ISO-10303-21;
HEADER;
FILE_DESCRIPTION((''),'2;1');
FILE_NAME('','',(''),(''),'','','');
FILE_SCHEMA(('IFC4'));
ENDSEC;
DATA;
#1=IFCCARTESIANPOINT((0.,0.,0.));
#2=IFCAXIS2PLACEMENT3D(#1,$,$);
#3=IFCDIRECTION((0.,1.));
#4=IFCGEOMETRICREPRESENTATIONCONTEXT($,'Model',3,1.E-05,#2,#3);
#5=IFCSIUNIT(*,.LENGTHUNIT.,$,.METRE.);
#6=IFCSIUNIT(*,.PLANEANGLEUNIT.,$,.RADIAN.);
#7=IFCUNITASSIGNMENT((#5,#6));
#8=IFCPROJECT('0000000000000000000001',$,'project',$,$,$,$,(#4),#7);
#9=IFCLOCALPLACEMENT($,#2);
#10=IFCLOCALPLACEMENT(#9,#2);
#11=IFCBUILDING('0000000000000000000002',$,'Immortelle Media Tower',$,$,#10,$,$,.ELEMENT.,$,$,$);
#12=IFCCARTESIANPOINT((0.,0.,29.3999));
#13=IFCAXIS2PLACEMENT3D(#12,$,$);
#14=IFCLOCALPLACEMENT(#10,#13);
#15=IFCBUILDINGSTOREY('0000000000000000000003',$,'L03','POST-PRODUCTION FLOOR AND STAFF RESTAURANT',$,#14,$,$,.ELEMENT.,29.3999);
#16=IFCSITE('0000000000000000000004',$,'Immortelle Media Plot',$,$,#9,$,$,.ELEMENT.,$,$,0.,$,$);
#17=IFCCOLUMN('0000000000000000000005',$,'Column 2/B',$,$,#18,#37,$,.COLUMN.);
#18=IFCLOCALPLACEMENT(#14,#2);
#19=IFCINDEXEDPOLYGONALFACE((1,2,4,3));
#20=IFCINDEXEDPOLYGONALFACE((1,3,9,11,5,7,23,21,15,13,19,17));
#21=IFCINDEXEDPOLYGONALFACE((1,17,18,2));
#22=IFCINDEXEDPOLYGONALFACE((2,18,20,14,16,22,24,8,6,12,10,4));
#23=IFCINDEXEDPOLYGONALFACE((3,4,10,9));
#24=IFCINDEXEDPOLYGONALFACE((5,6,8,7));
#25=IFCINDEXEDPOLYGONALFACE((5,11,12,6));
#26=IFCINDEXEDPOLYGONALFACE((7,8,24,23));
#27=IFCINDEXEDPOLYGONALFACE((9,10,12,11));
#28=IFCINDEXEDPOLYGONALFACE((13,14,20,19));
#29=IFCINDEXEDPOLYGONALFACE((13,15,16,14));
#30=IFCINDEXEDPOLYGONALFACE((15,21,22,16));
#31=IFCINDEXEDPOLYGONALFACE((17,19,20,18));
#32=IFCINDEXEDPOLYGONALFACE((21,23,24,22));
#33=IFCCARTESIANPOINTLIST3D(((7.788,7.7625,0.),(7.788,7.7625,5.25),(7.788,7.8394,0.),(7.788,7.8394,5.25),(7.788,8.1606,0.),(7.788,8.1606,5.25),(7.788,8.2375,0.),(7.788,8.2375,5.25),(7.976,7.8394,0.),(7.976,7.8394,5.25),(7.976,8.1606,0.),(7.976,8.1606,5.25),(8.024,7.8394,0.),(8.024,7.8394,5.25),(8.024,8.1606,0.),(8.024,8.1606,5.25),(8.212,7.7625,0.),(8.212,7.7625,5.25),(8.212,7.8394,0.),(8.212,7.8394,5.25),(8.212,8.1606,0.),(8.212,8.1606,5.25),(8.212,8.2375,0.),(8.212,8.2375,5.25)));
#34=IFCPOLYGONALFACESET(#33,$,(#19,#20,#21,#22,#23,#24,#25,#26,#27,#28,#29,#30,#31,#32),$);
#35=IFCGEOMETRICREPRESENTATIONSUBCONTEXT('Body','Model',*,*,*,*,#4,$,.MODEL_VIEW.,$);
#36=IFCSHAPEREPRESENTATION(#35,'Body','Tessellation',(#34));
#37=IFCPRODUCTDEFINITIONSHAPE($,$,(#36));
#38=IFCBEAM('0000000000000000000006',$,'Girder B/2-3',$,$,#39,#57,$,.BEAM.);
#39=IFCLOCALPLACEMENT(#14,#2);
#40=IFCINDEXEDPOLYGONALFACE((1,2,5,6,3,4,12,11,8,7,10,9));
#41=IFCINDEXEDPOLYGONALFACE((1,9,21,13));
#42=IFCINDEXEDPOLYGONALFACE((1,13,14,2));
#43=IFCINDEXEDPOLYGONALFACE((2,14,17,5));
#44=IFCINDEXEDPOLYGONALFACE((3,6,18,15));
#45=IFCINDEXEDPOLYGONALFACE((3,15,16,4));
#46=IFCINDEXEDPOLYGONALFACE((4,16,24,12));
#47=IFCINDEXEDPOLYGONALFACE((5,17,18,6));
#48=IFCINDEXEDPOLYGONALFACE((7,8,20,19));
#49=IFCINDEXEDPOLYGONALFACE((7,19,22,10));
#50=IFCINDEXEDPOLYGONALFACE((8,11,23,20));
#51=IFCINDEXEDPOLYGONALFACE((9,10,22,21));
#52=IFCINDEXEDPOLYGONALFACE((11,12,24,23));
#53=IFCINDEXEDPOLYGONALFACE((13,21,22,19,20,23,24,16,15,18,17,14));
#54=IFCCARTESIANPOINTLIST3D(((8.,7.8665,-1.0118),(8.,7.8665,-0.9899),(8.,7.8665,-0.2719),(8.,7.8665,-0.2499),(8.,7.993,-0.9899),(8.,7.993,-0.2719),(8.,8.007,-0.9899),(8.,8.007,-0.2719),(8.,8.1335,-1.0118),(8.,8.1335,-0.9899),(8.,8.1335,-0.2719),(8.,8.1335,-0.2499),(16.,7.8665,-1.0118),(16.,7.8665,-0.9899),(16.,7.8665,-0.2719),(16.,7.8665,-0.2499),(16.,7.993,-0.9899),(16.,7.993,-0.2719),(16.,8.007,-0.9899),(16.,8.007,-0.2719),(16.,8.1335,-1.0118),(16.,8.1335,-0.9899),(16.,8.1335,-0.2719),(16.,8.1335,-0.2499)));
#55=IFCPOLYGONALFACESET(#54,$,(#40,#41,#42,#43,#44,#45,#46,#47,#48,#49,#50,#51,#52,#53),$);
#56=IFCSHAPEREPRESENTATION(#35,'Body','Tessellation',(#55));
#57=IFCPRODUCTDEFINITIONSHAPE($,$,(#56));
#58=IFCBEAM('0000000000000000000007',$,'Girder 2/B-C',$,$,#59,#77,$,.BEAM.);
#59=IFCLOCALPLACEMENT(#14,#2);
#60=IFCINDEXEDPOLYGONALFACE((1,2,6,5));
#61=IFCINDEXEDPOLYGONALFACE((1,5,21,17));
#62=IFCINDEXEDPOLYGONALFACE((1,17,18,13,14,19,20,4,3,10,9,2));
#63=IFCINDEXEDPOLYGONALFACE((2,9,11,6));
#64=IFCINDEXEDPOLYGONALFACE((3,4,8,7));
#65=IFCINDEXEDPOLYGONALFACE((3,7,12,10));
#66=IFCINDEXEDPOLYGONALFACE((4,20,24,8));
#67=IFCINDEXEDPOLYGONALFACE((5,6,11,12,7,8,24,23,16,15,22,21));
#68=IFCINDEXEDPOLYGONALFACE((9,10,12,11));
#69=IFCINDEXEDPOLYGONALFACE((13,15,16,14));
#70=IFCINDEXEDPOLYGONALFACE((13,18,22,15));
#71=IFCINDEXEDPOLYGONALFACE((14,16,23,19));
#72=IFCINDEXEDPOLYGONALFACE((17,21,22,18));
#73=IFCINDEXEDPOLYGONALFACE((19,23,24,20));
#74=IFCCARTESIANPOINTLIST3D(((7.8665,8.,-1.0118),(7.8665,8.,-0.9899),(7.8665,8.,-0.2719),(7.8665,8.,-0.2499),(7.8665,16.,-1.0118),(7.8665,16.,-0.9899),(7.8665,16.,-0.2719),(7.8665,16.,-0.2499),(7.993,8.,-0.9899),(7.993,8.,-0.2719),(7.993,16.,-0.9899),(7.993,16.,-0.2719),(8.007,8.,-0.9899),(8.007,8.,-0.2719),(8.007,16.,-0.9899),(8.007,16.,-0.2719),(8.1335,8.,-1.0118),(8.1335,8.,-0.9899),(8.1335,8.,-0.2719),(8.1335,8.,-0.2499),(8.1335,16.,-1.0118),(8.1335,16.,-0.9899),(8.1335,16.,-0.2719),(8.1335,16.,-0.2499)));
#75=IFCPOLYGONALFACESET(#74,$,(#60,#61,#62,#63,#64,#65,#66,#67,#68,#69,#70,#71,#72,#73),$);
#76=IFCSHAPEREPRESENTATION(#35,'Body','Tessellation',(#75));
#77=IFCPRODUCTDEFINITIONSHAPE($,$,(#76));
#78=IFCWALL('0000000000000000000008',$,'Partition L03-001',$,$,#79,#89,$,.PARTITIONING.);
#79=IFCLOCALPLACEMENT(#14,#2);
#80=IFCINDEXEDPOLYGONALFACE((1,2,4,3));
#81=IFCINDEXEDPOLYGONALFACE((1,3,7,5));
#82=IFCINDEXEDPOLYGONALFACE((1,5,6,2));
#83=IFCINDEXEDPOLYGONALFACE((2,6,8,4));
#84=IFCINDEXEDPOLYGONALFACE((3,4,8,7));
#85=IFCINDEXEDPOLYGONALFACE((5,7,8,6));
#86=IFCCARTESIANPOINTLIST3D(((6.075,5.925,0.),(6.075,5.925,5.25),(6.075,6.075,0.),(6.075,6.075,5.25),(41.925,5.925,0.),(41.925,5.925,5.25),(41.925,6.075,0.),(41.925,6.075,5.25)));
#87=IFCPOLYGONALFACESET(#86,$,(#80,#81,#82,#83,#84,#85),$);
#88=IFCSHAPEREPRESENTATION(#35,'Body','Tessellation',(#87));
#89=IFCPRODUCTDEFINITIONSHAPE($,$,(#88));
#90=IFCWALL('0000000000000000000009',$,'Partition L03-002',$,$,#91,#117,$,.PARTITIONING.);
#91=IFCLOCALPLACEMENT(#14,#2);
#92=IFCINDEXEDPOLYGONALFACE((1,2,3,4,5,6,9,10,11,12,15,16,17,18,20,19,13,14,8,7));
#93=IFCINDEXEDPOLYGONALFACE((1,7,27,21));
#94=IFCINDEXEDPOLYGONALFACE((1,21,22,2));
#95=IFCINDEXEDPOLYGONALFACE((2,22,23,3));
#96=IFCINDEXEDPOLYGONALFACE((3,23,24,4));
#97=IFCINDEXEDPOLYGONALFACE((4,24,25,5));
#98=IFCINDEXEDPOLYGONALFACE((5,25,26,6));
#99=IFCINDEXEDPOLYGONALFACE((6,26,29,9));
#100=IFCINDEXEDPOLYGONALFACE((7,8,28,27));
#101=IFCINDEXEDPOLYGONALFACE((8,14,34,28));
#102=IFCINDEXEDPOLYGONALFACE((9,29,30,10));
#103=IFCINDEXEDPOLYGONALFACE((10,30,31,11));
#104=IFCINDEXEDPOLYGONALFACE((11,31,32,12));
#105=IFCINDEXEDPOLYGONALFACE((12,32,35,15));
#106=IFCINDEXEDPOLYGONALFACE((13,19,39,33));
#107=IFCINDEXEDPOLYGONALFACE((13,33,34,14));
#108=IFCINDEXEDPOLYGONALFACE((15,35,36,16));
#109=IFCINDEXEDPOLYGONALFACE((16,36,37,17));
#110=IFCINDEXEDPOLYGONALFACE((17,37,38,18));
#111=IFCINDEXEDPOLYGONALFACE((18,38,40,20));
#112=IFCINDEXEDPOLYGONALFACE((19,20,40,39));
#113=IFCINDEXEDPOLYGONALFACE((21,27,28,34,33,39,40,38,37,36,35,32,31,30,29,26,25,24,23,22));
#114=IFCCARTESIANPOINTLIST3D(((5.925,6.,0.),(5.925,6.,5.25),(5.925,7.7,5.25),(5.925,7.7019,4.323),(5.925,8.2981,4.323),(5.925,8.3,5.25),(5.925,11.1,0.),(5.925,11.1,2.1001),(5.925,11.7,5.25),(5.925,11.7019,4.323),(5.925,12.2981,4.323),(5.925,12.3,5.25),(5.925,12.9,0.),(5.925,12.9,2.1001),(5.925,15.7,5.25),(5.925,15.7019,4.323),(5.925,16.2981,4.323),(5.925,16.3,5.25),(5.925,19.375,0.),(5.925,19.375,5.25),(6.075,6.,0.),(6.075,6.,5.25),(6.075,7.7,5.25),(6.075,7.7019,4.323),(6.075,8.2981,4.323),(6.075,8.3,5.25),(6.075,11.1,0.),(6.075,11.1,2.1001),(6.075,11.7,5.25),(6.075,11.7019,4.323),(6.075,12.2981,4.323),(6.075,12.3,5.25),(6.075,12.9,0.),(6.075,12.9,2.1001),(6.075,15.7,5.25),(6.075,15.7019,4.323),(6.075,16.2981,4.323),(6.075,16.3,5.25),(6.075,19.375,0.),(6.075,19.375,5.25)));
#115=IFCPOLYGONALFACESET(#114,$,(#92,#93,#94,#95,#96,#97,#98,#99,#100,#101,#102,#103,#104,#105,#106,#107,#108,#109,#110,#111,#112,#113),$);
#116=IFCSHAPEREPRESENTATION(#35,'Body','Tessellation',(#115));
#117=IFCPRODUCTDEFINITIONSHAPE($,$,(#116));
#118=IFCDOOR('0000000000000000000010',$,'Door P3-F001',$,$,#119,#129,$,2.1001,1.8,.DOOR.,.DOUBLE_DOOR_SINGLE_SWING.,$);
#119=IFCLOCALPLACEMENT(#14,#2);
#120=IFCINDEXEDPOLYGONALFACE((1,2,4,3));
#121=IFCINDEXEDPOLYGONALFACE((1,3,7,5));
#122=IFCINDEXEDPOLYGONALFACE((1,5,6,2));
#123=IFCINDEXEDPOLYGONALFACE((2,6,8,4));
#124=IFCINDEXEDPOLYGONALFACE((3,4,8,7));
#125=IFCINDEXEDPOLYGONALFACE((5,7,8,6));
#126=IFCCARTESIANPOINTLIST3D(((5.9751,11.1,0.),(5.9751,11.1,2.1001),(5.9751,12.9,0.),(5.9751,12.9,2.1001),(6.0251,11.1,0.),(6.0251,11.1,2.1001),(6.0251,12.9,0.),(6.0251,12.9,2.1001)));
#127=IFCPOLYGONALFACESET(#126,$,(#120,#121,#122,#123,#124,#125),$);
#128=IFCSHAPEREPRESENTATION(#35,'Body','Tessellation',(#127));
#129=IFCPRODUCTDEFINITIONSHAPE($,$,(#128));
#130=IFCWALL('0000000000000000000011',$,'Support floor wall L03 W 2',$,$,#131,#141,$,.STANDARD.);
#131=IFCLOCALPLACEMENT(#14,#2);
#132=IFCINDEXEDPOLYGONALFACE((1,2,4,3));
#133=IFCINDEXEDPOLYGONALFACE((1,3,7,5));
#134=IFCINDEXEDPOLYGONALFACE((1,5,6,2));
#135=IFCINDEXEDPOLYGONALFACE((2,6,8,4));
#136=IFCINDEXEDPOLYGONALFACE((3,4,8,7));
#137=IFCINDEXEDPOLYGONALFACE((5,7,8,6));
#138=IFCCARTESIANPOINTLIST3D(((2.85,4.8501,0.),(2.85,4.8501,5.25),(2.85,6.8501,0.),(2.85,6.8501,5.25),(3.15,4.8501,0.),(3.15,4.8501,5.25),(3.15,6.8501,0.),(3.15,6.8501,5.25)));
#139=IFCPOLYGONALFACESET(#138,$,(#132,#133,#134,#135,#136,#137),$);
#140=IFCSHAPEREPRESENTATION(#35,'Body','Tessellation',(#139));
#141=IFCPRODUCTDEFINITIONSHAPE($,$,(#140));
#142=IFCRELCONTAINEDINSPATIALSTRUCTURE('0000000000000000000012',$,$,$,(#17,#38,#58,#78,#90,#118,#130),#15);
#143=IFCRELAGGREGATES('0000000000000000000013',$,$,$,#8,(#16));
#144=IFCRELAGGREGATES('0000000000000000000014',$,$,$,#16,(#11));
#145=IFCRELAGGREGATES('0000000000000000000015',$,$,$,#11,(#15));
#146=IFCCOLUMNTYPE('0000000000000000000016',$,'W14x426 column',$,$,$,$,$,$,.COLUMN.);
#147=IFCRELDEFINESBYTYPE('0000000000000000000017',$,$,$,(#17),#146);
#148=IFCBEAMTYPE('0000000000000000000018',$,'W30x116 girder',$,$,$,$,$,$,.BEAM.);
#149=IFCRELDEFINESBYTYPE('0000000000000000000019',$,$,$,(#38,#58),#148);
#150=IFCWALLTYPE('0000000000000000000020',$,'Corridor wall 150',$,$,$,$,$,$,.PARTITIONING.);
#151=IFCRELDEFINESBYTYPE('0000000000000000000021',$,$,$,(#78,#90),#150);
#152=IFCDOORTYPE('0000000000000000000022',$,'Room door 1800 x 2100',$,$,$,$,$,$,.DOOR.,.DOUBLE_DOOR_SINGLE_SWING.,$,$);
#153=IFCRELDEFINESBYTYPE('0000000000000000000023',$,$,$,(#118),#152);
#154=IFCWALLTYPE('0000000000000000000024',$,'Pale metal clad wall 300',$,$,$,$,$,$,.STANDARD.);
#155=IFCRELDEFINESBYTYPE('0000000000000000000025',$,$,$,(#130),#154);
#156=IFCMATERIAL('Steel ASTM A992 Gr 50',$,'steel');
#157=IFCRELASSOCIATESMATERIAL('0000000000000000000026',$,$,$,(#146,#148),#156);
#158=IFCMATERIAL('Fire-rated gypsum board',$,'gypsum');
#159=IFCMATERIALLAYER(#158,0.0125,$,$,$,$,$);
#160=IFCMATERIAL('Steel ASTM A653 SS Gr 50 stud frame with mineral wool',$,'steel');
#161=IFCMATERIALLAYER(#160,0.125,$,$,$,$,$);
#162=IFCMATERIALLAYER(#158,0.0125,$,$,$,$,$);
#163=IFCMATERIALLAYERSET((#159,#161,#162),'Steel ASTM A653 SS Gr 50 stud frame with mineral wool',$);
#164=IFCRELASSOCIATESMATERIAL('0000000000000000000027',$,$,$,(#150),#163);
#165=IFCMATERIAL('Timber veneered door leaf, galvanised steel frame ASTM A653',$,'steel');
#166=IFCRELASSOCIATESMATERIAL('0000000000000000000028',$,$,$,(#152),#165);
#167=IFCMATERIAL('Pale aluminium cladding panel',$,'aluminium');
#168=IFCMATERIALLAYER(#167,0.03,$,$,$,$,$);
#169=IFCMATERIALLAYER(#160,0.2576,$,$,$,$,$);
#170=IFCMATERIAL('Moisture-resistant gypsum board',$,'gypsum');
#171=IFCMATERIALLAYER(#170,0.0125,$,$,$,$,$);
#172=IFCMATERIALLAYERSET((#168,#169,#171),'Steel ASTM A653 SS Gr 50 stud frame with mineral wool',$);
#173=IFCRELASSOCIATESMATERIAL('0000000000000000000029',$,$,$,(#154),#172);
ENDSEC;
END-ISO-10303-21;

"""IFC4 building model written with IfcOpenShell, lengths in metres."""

from ifc_helpers import new_model, si_unit, direction, frame, frame_2d, origin, origin_2d, place, context, subcontext, project, spatial, polyline, rectangle, i_section, outline, extrude, material, layer, layer_set, material_profile, profile_set, type_object, element, fill, save


model = new_model("IFC4")

# Units and contexts
model_context = context("Model", 3, precision=1e-05, world=origin(), true_north=direction((0.0, 1.0)))
body_context = subcontext(model_context, "Body", "Model", "MODEL_VIEW")
ifc_project = project(units=[si_unit("LENGTHUNIT", "METRE"), si_unit("PLANEANGLEUNIT", "RADIAN")], contexts=[model_context])

# Site, building, storey
site_placement = place(None, origin())
site = spatial("IfcSite", under=ifc_project, at=site_placement, Name="Immortelle Media Plot", CompositionType="ELEMENT", RefElevation=0.0)
building_placement = place(site_placement, origin())
building = spatial("IfcBuilding", under=site, at=building_placement, Name="Immortelle Media Tower", CompositionType="ELEMENT")
storey_placement = place(building_placement, frame((0.0, 0.0, 29.3999)))
storey = spatial("IfcBuildingStorey", under=building, at=storey_placement, Name="L03", Description="POST-PRODUCTION FLOOR AND STAFF RESTAURANT", CompositionType="ELEMENT", Elevation=29.3999)

# Column
ifc_material_1 = material(Name="Steel ASTM A992 Gr 50", Category="steel")
ifc_material_profile_1 = material_profile(ifc_material_1, i_section(OverallWidth=0.4241, OverallDepth=0.4751, WebThickness=0.0481, FlangeThickness=0.0769, at=origin_2d()), Name="W14x426")
ifc_profile_set_1 = profile_set([ifc_material_profile_1], Name="Steel ASTM A992 Gr 50")
column_type = type_object("IfcColumnType", Name="W14x426 column", PredefinedType="COLUMN", material=ifc_profile_set_1)
column_placement = place(storey_placement, frame((8.0, 8.0, 0.0), z_axis=(0.0, 0.0, 1.0), x_axis=(1.0, 0.0, 0.0)))
element("IfcColumn", 1, at=column_placement, inside=storey, type_object=column_type, Name="Column 2/B", PredefinedType="COLUMN", context=body_context, shape_type="SweptSolid", body=[
    extrude(i_section(OverallWidth=0.4241, OverallDepth=0.4751, WebThickness=0.0481, FlangeThickness=0.0769, at=origin_2d()), origin(), (0.0, 0.0, 1.0), 5.25),
])

# Beams
ifc_material_profile_2 = material_profile(ifc_material_1, i_section(OverallWidth=0.2671, OverallDepth=0.762, WebThickness=0.0139, FlangeThickness=0.022, at=origin_2d()), Name="W30x116")
ifc_profile_set_2 = profile_set([ifc_material_profile_2], Name="Steel ASTM A992 Gr 50")
beam_type = type_object("IfcBeamType", Name="W30x116 girder", PredefinedType="BEAM", material=ifc_profile_set_2)
for number, where, z_axis, x_axis, name in (
    (2, (8.0, 8.0, -0.6309), (1.0, 0.0, 0.0), (0.0, 1.0, 0.0), "Girder B/2-3"),
    (3, (8.0, 8.0, -0.6309), (0.0, 1.0, 0.0), (-1.0, 0.0, 0.0), "Girder 2/B-C"),
):
    element("IfcBeam", number, at=place(storey_placement, frame(where, z_axis=z_axis, x_axis=x_axis)), inside=storey, type_object=beam_type, Name=name, PredefinedType="BEAM", context=body_context, shape_type="SweptSolid", body=[
        extrude(i_section(OverallWidth=0.2671, OverallDepth=0.762, WebThickness=0.0139, FlangeThickness=0.022, at=origin_2d()), origin(), (0.0, 0.0, 1.0), 8.0),
    ])

# Wall
ifc_material_2 = material(Name="Fire-rated gypsum board", Category="gypsum")
ifc_layer_1 = layer(ifc_material_2, 0.0125)
ifc_material_3 = material(Name="Steel ASTM A653 SS Gr 50 stud frame with mineral wool", Category="steel")
ifc_layer_2 = layer(ifc_material_3, 0.125)
ifc_layer_3 = layer(ifc_material_2, 0.0125)
ifc_layer_set_1 = layer_set([ifc_layer_1, ifc_layer_2, ifc_layer_3], Name="Steel ASTM A653 SS Gr 50 stud frame with mineral wool")
wall_type_1 = type_object("IfcWallType", Name="Corridor wall 150", PredefinedType="PARTITIONING", material=ifc_layer_set_1)
wall_1_placement = place(storey_placement, frame((6.075, 6.0, 0.0), z_axis=(0.0, 0.0, 1.0), x_axis=(1.0, 0.0, 0.0)))
element("IfcWall", 4, at=wall_1_placement, inside=storey, type_object=wall_type_1, Name="Partition L03-001", PredefinedType="PARTITIONING", context=body_context, shape_type="SweptSolid", body=[
    extrude(rectangle(XDim=35.8501, YDim=0.1499, at=frame_2d((17.925, 0.0))), origin(), (0.0, 0.0, 1.0), 5.25),
])

# Wall, opening, door
wall_2_placement = place(storey_placement, frame((6.0, 6.0, 0.0), z_axis=(0.0, 0.0, 1.0), x_axis=(0.0, 1.0, 0.0)))
wall_2 = element("IfcWall", 5, at=wall_2_placement, inside=storey, type_object=wall_type_1, Name="Partition L03-002", PredefinedType="PARTITIONING", context=body_context, shape_type="SweptSolid", body=[
    extrude(outline(polyline([(0.0, 0.0), (13.375, 0.0), (13.375, 5.25), (10.3, 5.25), (10.2981, 4.323), (9.7019, 4.323), (9.7, 5.25), (6.3, 5.25), (6.2981, 4.323), (5.7019, 4.323), (5.7, 5.25), (2.3, 5.25), (2.2981, 4.323), (1.7019, 4.323), (1.7, 5.25), (0.0, 5.25), (0.0, 0.0)])), frame((0.0, 0.075, 0.0), z_axis=(0.0, -1.0, 0.0), x_axis=(1.0, 0.0, 0.0)), (0.0, 0.0, 1.0), 0.1499),
])
opening_1_placement = place(wall_2_placement, frame((5.1001, 0.0, 0.0)))
opening_1 = element("IfcOpeningElement", 6, at=opening_1_placement, cuts=wall_2, PredefinedType="OPENING", context=body_context, shape_type="SweptSolid", body=[
    extrude(rectangle(XDim=1.8, YDim=2.1001, at=frame_2d((0.8999, 1.05))), frame((0.0, 0.085, 0.0), z_axis=(0.0, -1.0, 0.0), x_axis=(1.0, 0.0, 0.0)), (0.0, 0.0, 1.0), 0.1699),
])
ifc_material_4 = material(Name="Timber veneered door leaf, galvanised steel frame ASTM A653", Category="steel")
door_type_1 = type_object("IfcDoorType", Name="Room door 1800 x 2100", OperationType="DOUBLE_DOOR_SINGLE_SWING", PredefinedType="DOOR", material=ifc_material_4)
door_1_placement = place(opening_1_placement, origin())
door_1 = element("IfcDoor", 7, at=door_1_placement, inside=storey, type_object=door_type_1, Name="Door P3-F001", OperationType="DOUBLE_DOOR_SINGLE_SWING", OverallHeight=2.1001, OverallWidth=1.8, PredefinedType="DOOR", context=body_context, shape_type="SweptSolid", body=[
    extrude(rectangle(XDim=1.8, YDim=2.1001, at=frame_2d((0.8999, 1.05))), frame((0.0, 0.0249, 0.0), z_axis=(0.0, -1.0, 0.0), x_axis=(1.0, 0.0, 0.0)), (0.0, 0.0, 1.0), 0.05),
])
fill(opening_1, door_1)

# Wall
ifc_material_5 = material(Name="Pale aluminium cladding panel", Category="aluminium")
ifc_layer_4 = layer(ifc_material_5, 0.03)
ifc_layer_5 = layer(ifc_material_3, 0.2576)
ifc_material_6 = material(Name="Moisture-resistant gypsum board", Category="gypsum")
ifc_layer_6 = layer(ifc_material_6, 0.0125)
ifc_layer_set_2 = layer_set([ifc_layer_4, ifc_layer_5, ifc_layer_6], Name="Steel ASTM A653 SS Gr 50 stud frame with mineral wool")
wall_type_2 = type_object("IfcWallType", Name="Pale metal clad wall 300", PredefinedType="STANDARD", material=ifc_layer_set_2)
wall_3_placement = place(storey_placement, frame((3.0, 6.8501, 0.0), z_axis=(0.0, 0.0, 1.0), x_axis=(0.0, -1.0, 0.0)))
element("IfcWall", 8, at=wall_3_placement, inside=storey, type_object=wall_type_2, Name="Support floor wall L03 W 2", PredefinedType="STANDARD", context=body_context, shape_type="SweptSolid", body=[
    extrude(rectangle(XDim=2.0, YDim=0.3, at=frame_2d((1.0, 0.0))), origin(), (0.0, 0.0, 1.0), 5.25),
])

save(model, "model.ifc")
